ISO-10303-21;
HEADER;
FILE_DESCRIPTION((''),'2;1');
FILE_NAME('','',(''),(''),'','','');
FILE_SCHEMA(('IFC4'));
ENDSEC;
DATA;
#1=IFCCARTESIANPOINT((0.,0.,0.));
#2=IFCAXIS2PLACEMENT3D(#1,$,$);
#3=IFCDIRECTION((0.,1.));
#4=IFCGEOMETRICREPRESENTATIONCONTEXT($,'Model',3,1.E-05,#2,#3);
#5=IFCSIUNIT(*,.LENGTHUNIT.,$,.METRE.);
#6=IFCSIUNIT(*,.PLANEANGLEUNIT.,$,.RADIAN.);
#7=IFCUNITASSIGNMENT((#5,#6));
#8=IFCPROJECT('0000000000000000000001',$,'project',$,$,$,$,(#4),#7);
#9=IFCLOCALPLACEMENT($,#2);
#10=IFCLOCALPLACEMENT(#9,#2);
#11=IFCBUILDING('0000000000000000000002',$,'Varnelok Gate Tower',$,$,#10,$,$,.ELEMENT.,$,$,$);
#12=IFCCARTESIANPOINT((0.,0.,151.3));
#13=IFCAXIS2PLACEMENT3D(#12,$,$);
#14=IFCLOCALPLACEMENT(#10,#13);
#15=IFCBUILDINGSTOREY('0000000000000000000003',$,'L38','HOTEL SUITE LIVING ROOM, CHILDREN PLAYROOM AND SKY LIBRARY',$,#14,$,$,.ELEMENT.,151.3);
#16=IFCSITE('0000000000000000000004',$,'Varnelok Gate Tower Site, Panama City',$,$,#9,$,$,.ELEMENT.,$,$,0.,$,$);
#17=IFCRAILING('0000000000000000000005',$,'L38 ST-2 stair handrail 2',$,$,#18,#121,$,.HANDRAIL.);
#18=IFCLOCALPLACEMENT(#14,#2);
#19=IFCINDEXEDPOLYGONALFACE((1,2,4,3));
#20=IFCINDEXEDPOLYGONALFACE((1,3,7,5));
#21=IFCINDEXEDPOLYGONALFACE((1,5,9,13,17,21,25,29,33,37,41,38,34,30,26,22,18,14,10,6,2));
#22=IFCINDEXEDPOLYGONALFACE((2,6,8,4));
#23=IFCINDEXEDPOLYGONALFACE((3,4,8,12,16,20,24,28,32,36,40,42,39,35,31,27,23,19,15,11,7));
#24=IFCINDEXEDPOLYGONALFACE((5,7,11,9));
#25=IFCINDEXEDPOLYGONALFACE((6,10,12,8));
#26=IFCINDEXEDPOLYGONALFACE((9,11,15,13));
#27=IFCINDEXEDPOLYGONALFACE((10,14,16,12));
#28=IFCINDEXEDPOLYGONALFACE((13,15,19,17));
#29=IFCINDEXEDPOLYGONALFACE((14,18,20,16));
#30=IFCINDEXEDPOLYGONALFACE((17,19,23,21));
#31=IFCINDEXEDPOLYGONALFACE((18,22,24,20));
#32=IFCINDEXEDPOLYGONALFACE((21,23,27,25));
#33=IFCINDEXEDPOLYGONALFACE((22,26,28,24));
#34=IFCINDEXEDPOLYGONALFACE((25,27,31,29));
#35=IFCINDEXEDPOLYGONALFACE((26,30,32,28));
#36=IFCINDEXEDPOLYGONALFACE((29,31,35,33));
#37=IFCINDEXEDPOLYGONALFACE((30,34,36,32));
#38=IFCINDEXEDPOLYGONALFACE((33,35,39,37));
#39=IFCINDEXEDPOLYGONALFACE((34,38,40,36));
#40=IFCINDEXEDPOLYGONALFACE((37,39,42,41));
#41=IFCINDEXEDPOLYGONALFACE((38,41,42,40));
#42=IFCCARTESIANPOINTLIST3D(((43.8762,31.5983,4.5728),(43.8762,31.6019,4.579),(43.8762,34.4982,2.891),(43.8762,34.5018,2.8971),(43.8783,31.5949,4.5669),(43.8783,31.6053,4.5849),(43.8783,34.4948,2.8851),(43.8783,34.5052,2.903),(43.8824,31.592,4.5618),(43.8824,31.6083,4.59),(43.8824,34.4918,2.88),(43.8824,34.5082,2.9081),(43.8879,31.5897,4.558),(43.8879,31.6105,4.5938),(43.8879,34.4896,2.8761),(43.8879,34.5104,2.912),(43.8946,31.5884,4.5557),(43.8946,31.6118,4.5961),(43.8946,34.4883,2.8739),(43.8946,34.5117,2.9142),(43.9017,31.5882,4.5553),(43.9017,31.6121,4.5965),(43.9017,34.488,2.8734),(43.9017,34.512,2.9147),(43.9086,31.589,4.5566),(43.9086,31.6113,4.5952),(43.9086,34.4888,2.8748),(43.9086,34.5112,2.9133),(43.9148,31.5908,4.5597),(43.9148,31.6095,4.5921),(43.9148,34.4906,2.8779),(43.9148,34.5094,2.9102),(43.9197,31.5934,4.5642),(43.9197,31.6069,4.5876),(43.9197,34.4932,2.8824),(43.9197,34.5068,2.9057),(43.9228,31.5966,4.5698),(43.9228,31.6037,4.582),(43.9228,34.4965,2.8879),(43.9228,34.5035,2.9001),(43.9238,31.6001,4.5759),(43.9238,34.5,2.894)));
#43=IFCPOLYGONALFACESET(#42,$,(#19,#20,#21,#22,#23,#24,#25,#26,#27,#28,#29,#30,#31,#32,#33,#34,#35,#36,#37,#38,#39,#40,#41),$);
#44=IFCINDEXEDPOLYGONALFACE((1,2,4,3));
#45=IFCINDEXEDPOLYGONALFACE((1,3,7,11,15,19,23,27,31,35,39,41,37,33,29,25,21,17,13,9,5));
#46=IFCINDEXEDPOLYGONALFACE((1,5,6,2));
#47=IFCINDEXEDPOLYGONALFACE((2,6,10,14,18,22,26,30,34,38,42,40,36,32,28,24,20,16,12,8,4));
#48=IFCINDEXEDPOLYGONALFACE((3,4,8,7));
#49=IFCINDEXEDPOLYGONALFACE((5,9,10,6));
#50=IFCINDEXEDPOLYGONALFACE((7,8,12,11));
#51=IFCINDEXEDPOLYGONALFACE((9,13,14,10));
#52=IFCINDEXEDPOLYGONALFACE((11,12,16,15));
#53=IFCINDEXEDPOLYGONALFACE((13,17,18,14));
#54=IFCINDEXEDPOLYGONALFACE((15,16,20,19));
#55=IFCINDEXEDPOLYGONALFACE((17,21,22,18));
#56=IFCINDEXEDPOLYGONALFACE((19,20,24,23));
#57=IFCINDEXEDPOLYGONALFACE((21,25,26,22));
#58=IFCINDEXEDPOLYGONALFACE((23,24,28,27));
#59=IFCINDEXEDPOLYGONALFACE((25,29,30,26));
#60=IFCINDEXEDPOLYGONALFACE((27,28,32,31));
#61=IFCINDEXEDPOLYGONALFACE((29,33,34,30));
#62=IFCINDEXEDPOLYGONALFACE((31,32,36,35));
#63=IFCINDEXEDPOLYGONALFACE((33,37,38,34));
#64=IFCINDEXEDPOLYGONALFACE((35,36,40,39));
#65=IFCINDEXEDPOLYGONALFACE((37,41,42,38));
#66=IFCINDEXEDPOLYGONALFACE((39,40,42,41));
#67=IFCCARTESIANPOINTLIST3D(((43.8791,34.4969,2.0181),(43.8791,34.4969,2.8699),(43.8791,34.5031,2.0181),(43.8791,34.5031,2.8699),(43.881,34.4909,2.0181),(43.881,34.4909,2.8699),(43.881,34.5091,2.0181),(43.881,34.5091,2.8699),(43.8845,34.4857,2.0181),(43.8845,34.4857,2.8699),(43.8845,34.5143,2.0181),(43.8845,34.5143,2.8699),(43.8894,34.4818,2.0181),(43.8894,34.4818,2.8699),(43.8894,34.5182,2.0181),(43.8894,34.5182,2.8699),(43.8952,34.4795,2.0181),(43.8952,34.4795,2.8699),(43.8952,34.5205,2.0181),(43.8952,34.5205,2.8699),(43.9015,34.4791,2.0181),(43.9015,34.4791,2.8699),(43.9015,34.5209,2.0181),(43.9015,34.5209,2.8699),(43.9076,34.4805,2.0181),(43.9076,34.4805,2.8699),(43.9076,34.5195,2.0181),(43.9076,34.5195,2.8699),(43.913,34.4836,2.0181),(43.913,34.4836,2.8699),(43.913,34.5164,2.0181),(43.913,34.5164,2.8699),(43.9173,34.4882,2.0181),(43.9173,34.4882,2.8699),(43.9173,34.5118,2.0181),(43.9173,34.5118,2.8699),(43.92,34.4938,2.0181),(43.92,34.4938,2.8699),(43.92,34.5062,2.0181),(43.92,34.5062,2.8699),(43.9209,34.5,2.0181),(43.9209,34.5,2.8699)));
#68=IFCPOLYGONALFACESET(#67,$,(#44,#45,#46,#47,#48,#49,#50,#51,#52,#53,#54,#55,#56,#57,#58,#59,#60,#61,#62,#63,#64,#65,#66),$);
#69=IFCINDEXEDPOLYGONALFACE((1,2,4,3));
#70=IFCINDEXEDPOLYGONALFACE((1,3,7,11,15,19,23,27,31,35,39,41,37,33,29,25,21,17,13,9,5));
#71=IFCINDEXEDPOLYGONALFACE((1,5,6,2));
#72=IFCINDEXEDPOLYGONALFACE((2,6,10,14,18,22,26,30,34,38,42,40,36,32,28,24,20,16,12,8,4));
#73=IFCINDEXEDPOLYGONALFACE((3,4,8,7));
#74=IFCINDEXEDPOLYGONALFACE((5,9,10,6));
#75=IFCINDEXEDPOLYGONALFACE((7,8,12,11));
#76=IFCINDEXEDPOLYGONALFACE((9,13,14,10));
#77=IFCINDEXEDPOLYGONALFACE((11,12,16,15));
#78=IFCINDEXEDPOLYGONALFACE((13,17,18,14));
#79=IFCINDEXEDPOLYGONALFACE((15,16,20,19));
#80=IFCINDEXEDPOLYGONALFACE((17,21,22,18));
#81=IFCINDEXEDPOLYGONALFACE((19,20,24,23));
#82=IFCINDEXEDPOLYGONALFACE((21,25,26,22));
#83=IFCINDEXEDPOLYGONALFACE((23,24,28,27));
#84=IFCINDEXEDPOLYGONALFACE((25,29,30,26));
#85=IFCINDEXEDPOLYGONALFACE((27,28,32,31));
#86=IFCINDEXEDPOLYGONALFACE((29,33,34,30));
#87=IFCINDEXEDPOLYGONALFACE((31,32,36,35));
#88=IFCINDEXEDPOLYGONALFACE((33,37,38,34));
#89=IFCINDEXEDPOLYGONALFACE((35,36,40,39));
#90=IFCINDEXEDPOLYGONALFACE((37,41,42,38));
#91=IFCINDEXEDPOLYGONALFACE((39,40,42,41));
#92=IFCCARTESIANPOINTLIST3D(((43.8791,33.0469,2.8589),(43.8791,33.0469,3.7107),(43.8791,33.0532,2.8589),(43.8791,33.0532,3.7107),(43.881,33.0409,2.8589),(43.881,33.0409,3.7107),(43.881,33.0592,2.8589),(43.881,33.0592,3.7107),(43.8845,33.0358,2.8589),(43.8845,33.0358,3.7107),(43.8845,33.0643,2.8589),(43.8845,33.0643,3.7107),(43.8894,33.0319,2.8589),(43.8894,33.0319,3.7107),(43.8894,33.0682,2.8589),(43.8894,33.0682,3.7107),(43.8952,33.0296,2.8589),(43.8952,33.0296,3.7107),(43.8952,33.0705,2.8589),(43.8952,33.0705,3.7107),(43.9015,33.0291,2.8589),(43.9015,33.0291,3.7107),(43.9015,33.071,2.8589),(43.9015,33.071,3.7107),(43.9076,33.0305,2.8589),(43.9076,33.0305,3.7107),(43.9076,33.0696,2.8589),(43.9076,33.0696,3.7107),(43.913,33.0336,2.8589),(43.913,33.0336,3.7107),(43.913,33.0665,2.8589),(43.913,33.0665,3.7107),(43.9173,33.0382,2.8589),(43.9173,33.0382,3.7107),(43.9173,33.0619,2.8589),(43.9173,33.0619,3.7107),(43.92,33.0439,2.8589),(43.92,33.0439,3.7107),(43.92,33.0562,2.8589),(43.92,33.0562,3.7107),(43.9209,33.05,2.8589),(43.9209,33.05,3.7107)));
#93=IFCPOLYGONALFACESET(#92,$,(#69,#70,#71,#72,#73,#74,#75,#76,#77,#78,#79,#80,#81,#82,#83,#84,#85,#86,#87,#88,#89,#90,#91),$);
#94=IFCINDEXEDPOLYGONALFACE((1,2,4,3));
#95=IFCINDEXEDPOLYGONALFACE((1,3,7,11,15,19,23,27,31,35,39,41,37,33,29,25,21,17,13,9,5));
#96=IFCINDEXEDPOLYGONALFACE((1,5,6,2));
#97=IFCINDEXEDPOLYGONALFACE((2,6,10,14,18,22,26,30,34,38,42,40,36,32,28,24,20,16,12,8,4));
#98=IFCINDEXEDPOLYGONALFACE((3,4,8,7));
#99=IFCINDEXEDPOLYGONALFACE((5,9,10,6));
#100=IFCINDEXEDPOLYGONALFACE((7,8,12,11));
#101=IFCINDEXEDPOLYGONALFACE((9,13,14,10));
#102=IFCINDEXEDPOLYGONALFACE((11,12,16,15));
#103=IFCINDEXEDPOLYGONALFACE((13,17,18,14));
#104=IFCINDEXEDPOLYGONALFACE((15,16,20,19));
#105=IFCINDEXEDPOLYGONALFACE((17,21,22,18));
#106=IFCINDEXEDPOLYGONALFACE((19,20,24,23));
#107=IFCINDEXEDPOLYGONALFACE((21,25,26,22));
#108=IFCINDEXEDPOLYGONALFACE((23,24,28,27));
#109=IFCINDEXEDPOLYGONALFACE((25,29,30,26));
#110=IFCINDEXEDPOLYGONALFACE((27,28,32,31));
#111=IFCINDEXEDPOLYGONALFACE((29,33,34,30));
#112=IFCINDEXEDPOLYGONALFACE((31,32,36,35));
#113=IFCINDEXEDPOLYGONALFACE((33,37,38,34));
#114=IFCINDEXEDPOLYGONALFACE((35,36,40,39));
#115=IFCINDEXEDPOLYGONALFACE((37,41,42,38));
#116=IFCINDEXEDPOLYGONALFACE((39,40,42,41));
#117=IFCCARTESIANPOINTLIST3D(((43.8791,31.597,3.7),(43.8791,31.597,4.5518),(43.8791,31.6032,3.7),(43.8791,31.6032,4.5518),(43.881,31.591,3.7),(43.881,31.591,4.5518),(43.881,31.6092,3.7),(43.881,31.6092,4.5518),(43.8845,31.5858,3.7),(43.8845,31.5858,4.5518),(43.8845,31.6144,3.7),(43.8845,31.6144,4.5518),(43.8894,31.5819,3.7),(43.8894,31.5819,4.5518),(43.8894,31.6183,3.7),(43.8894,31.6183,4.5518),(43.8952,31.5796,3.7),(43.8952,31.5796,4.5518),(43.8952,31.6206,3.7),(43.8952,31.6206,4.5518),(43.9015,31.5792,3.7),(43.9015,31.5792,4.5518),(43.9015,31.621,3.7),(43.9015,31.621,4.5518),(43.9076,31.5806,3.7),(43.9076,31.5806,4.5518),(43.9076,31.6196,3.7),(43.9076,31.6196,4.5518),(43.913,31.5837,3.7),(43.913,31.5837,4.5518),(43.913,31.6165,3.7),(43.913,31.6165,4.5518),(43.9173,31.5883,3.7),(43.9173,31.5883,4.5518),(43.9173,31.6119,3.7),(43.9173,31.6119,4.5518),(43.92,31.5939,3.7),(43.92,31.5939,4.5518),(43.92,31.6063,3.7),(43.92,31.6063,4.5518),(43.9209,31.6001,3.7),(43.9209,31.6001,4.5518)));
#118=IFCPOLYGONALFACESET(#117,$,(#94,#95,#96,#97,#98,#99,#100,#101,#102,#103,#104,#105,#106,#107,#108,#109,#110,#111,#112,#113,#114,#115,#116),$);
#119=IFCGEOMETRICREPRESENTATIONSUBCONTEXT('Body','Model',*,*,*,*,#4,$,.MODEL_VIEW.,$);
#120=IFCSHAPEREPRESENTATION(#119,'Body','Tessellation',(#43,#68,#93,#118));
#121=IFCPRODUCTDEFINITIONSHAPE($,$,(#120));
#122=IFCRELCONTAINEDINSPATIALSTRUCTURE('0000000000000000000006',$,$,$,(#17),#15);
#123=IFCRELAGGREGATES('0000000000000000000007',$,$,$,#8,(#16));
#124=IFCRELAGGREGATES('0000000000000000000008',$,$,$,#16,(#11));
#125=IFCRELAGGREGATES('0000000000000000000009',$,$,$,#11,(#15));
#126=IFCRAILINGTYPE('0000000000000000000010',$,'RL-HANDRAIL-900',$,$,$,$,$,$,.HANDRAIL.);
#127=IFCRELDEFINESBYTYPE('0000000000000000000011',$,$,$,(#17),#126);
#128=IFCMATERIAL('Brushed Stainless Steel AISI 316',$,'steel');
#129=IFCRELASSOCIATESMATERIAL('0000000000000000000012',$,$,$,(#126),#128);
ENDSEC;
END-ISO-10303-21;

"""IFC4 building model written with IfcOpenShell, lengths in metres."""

from ifc_helpers import new_model, si_unit, direction, frame, origin, origin_2d, place, context, subcontext, project, spatial, circle, extrude, material, type_object, element, save


model = new_model("IFC4")

# Units and contexts
model_context = context("Model", 3, precision=1e-05, world=origin(), true_north=direction((0.0, 1.0)))
body_context = subcontext(model_context, "Body", "Model", "MODEL_VIEW")
ifc_project = project(units=[si_unit("LENGTHUNIT", "METRE"), si_unit("PLANEANGLEUNIT", "RADIAN")], contexts=[model_context])

# Site, building, storey
site_placement = place(None, origin())
site = spatial("IfcSite", under=ifc_project, at=site_placement, Name="Varnelok Gate Tower Site, Panama City", CompositionType="ELEMENT", RefElevation=0.0)
building_placement = place(site_placement, origin())
building = spatial("IfcBuilding", under=site, at=building_placement, Name="Varnelok Gate Tower", CompositionType="ELEMENT")
storey_placement = place(building_placement, frame((0.0, 0.0, 151.3)))
storey = spatial("IfcBuildingStorey", under=building, at=storey_placement, Name="L38", Description="HOTEL SUITE LIVING ROOM, CHILDREN PLAYROOM AND SKY LIBRARY", CompositionType="ELEMENT", Elevation=151.3)

# Railing
ifc_material_1 = material(Name="Brushed Stainless Steel AISI 316", Category="steel")
railing_type_1 = type_object("IfcRailingType", Name="RL-HANDRAIL-900", PredefinedType="HANDRAIL", material=ifc_material_1)
railing_1_placement = place(storey_placement, frame((43.8999, 34.5, 2.0181)))
element("IfcRailing", 1, at=railing_1_placement, inside=storey, type_object=railing_type_1, Name="L38 ST-2 stair handrail 2", PredefinedType="HANDRAIL", context=body_context, shape_type="SweptSolid", body=[
    extrude(circle(Radius=0.0239, at=origin_2d()), frame((0.0, 0.0, 0.876), z_axis=(0.0, -0.865039, 0.501705), x_axis=(1.0, 0.0, 0.0)), (0.0, 0.0, 1.0), 3.3523),
    extrude(circle(Radius=0.021, at=origin_2d()), origin(), (0.0, 0.0, 1.0), 0.8518),
    extrude(circle(Radius=0.021, at=origin_2d()), frame((0.0, -1.45, 0.8408)), (0.0, 0.0, 1.0), 0.8518),
    extrude(circle(Radius=0.021, at=origin_2d()), frame((0.0, -2.8999, 1.6819)), (0.0, 0.0, 1.0), 0.8518),
])

save(model, "model.ifc")
